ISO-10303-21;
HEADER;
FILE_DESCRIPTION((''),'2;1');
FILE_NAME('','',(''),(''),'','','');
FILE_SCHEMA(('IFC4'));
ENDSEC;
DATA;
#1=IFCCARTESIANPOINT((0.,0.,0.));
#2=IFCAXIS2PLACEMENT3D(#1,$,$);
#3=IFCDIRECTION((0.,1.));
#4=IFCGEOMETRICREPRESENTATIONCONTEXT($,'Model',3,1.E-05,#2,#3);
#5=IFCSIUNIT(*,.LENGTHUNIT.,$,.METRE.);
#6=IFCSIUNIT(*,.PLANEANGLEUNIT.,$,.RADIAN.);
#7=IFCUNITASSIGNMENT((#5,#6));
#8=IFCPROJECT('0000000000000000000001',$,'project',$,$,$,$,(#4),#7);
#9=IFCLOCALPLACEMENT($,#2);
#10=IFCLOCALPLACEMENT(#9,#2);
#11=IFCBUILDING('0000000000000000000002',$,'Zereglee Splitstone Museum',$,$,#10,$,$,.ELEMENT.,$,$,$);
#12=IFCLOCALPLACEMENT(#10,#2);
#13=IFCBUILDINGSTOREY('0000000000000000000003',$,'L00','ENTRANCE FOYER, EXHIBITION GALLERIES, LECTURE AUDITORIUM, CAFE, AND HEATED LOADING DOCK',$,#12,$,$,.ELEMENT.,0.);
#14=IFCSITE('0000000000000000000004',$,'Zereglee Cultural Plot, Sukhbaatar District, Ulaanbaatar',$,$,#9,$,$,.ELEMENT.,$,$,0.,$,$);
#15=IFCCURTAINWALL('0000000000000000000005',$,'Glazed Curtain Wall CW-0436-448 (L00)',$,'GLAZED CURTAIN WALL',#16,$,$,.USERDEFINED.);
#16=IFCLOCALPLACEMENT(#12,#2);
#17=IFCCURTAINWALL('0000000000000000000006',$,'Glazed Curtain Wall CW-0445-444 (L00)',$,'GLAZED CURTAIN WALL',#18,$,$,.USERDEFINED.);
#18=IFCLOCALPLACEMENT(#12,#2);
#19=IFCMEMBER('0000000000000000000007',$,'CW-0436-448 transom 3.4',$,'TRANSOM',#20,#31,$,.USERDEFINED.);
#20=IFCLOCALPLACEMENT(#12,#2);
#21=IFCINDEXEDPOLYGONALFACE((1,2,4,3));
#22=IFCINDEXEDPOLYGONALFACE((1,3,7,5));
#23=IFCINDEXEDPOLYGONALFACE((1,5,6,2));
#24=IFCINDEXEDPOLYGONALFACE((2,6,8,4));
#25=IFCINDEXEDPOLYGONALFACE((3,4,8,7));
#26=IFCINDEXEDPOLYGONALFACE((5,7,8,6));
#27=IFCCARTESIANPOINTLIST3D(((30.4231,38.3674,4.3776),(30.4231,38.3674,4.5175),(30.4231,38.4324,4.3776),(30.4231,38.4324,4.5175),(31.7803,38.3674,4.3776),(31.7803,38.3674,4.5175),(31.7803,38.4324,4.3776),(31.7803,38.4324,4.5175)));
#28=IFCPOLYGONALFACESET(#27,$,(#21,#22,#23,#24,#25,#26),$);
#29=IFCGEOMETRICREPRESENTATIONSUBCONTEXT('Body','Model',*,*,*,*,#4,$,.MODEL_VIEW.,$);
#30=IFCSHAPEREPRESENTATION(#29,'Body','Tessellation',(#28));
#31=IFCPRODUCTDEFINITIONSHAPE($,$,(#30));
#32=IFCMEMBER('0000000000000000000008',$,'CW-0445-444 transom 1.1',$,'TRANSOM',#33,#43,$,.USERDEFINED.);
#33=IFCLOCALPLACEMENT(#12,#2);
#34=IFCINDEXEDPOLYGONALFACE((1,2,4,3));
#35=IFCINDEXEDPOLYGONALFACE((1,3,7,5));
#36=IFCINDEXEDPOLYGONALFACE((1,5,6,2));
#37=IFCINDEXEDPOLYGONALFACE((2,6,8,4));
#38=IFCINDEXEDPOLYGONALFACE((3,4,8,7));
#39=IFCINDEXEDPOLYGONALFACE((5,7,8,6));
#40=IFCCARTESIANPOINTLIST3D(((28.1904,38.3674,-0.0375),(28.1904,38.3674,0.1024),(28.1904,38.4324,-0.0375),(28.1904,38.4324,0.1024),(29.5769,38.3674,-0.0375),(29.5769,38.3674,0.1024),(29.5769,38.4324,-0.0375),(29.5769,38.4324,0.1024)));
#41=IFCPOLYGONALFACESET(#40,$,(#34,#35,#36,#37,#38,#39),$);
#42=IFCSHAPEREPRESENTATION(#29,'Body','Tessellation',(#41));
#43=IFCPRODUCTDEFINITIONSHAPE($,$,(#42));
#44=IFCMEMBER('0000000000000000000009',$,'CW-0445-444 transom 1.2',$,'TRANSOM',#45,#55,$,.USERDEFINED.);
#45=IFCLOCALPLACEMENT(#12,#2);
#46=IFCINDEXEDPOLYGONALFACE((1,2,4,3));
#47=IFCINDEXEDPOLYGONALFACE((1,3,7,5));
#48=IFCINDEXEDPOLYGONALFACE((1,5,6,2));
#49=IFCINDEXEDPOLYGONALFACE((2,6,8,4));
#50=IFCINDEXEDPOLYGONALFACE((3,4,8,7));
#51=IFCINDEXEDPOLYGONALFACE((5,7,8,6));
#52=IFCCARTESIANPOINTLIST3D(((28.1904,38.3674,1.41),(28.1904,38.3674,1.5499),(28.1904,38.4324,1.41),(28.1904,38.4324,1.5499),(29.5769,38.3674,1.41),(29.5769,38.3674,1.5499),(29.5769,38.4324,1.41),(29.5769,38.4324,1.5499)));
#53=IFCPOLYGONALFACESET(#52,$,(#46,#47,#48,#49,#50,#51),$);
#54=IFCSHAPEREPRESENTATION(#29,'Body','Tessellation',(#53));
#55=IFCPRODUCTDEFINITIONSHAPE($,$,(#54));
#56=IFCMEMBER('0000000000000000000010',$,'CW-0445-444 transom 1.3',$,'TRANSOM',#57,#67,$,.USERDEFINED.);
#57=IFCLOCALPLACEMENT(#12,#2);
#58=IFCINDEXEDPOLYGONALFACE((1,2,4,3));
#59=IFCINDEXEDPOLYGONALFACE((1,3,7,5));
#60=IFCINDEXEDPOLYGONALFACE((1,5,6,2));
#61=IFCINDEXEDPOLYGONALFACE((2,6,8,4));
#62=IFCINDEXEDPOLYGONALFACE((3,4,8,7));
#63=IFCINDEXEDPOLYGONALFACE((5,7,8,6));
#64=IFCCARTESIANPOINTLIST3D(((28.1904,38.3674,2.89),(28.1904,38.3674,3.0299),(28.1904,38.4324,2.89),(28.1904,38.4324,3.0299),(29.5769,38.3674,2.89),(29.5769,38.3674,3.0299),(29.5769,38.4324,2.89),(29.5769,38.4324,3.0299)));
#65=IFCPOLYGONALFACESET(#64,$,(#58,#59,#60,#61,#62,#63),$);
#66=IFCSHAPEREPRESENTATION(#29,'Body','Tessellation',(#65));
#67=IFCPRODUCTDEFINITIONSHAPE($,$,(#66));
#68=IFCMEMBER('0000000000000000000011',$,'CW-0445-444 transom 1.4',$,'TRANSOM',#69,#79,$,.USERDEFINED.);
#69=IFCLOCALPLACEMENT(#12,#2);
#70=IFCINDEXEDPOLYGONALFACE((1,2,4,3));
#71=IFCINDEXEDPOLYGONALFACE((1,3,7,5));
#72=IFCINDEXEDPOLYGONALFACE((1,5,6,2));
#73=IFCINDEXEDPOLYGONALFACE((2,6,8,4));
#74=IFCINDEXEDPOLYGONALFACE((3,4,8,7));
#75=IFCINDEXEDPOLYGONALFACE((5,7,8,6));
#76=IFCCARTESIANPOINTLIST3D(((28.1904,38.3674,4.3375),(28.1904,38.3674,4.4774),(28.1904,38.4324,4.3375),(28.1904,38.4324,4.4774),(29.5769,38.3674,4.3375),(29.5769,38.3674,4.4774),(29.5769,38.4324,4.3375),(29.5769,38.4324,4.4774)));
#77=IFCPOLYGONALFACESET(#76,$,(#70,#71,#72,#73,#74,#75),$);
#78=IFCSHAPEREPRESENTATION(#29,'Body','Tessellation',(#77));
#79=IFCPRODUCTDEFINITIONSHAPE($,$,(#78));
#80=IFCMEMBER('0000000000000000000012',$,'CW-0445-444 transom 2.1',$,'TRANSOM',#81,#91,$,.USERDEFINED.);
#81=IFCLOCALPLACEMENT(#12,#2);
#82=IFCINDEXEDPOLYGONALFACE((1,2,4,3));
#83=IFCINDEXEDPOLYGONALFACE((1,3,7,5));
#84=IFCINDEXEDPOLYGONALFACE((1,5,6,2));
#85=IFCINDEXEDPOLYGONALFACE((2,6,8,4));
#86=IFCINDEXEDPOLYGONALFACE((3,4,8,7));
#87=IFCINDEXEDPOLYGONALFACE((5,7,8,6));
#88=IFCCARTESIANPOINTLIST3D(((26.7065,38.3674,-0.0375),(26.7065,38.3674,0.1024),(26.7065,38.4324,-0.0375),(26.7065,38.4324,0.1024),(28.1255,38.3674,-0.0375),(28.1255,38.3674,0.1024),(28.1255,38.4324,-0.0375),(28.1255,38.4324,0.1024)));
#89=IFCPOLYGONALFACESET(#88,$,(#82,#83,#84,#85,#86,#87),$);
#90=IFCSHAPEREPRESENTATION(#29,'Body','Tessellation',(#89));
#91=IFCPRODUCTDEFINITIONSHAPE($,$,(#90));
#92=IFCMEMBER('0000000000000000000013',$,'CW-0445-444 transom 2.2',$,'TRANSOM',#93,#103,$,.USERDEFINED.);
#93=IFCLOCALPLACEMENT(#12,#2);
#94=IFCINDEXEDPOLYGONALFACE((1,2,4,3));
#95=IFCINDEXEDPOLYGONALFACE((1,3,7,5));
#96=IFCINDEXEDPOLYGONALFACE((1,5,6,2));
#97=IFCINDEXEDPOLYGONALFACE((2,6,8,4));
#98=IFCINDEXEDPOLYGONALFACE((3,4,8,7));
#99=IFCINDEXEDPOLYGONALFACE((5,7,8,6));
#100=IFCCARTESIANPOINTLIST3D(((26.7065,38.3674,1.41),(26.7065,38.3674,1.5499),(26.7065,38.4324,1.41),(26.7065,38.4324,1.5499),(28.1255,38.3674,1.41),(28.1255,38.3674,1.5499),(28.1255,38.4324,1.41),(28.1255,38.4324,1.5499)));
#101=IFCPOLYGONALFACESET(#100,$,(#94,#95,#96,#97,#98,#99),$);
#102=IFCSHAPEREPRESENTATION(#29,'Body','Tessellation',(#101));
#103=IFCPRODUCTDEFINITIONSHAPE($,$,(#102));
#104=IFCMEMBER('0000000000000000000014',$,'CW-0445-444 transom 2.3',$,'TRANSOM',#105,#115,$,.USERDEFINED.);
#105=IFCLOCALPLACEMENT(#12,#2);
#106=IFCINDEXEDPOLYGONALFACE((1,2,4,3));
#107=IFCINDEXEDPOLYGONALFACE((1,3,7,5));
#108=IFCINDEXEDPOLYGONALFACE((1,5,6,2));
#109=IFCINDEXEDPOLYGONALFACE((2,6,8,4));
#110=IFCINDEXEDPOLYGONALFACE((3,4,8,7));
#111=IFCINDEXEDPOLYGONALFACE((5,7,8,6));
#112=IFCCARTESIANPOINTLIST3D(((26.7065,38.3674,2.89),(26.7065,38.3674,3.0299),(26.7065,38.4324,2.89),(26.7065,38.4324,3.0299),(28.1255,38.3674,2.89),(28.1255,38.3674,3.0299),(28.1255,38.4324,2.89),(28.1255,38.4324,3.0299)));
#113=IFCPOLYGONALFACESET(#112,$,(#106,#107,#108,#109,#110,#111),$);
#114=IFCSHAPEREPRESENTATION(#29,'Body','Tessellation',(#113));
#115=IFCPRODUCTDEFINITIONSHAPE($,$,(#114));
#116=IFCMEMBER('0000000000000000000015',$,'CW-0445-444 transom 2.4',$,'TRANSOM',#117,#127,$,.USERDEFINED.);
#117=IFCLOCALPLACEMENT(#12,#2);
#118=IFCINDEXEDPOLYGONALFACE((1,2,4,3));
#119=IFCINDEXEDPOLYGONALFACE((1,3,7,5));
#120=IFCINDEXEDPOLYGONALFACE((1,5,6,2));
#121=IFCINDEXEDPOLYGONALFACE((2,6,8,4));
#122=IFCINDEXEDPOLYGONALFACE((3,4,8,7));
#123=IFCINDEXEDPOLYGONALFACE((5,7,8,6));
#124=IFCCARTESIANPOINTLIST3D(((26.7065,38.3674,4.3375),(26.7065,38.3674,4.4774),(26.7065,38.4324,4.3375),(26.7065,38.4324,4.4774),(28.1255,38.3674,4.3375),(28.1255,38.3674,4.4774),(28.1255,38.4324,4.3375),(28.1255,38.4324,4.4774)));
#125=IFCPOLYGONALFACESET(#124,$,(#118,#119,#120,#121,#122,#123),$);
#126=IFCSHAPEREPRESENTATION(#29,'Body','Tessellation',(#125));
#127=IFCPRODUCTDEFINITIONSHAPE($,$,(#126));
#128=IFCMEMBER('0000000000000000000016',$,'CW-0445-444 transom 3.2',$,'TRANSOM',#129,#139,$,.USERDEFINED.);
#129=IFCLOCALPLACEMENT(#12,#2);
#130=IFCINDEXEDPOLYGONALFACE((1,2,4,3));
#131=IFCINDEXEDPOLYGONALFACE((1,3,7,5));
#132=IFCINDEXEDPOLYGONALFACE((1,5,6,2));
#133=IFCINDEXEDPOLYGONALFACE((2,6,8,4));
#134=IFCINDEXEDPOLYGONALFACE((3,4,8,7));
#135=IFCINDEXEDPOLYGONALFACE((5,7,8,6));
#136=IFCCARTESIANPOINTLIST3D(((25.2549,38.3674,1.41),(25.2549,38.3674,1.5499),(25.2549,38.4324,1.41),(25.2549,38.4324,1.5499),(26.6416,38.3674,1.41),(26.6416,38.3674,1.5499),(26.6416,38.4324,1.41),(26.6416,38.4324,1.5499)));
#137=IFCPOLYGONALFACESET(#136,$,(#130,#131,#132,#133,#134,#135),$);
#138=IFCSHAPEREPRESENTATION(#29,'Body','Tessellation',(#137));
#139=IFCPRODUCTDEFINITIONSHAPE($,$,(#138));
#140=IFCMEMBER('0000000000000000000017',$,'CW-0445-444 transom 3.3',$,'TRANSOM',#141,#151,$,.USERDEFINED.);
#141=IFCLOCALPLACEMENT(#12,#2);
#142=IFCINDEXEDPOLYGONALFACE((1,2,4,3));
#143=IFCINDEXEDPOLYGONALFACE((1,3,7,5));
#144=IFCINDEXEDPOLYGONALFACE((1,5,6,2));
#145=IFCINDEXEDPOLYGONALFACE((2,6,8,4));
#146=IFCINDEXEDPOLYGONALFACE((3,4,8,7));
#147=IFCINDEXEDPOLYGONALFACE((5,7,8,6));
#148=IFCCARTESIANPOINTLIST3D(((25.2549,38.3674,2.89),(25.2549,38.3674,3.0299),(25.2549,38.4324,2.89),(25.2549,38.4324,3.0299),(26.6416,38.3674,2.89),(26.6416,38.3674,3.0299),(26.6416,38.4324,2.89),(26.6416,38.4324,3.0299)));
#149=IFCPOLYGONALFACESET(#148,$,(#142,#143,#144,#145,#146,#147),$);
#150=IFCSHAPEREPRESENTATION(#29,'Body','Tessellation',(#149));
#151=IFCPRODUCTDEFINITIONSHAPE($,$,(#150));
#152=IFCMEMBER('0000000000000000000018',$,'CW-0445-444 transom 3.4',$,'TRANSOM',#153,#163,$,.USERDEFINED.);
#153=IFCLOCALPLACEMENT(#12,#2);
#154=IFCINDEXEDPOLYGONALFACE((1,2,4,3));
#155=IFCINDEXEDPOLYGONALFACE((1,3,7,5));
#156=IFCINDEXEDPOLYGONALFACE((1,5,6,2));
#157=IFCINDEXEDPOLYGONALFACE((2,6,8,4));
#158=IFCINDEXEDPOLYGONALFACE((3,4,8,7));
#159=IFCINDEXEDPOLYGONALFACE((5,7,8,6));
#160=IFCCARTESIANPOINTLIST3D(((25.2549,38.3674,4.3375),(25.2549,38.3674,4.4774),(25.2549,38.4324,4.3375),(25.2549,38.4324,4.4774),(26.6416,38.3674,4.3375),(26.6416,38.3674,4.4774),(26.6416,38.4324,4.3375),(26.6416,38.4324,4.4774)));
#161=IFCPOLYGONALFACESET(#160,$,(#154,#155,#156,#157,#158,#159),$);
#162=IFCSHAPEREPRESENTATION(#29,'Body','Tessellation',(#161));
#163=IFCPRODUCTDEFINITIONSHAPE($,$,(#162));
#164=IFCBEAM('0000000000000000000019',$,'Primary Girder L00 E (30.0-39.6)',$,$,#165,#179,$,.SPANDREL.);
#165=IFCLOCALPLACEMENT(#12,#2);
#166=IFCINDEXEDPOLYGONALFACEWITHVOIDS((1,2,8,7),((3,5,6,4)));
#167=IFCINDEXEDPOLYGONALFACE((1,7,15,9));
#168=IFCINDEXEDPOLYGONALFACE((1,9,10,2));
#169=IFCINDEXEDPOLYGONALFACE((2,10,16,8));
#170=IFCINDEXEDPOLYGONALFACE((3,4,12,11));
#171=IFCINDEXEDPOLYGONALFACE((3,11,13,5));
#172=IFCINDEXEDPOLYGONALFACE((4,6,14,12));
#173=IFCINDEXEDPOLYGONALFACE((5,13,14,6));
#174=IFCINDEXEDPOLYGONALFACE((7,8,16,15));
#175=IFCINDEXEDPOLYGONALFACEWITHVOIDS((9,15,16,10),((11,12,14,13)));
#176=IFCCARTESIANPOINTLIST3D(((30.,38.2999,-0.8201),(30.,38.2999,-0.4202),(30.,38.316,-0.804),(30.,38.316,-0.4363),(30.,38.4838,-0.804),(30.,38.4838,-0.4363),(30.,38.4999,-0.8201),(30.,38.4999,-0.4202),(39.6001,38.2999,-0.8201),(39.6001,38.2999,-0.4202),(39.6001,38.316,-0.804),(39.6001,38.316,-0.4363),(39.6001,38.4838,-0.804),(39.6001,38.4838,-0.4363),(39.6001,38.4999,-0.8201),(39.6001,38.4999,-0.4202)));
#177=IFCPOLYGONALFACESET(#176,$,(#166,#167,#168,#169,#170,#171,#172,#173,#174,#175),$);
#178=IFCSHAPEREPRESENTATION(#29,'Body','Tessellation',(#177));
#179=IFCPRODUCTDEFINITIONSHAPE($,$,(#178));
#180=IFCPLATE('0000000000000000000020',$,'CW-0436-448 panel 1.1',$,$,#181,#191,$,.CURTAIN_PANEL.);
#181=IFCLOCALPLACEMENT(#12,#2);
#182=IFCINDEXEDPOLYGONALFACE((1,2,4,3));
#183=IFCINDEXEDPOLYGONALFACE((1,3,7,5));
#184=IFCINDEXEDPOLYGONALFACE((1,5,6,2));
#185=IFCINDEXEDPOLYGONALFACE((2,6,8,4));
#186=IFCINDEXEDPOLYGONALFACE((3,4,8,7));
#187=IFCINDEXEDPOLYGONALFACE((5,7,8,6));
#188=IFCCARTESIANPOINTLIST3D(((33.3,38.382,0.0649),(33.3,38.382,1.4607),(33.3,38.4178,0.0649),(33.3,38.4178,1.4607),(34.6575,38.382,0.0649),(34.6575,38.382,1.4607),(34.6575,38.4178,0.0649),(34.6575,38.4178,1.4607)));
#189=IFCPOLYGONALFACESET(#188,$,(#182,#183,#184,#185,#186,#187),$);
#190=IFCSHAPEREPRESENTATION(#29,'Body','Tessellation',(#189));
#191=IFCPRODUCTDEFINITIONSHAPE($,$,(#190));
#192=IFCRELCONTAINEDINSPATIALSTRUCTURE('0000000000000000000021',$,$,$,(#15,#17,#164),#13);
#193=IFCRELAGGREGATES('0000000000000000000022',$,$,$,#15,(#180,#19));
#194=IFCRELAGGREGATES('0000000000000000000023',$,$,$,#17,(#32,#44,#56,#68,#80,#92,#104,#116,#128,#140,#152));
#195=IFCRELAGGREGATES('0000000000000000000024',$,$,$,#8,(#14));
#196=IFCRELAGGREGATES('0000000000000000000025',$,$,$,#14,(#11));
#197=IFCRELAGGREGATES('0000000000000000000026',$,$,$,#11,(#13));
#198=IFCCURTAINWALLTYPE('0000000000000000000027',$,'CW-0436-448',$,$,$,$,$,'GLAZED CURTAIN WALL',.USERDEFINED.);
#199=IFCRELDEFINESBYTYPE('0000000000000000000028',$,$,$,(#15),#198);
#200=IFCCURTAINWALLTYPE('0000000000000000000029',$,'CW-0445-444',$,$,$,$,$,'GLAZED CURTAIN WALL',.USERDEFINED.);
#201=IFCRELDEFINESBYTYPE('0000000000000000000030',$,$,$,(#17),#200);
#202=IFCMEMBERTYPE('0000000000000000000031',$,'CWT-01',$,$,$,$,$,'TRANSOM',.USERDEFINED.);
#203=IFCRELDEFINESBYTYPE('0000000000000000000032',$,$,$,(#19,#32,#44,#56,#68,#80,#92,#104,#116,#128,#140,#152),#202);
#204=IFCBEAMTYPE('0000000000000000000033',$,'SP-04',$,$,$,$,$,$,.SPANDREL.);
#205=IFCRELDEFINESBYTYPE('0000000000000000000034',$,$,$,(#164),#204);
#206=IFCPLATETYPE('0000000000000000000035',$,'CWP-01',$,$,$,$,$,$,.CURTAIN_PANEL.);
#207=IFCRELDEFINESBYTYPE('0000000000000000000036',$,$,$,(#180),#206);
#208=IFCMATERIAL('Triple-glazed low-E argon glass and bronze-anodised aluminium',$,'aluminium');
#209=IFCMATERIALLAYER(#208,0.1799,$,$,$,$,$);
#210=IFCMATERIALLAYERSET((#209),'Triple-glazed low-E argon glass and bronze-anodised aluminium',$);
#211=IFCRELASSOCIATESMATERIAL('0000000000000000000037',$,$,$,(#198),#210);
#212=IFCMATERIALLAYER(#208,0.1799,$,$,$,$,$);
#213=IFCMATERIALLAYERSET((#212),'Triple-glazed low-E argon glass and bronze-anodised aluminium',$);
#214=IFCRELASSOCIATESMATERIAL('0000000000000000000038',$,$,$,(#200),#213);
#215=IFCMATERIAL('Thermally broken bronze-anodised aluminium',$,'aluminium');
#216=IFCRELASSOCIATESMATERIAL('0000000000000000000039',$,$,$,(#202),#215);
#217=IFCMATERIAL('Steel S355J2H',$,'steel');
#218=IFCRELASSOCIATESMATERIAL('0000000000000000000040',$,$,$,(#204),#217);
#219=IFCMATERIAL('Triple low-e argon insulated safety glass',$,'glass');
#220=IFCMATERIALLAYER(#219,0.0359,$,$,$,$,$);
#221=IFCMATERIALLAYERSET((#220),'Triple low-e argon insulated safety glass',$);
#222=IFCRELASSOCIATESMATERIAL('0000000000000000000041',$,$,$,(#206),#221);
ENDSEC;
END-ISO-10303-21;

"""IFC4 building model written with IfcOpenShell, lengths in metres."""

from ifc_helpers import new_model, si_unit, direction, frame, origin, origin_2d, place, context, subcontext, project, spatial, rectangle, hollow_rectangle, extrude, material, layer, layer_set, material_profile, profile_set, type_object, element, aggregate, save


model = new_model("IFC4")

# Units and contexts
model_context = context("Model", 3, precision=1e-05, world=origin(), true_north=direction((0.0, 1.0)))
body_context = subcontext(model_context, "Body", "Model", "MODEL_VIEW")
ifc_project = project(units=[si_unit("LENGTHUNIT", "METRE"), si_unit("PLANEANGLEUNIT", "RADIAN")], contexts=[model_context])

# Site, building, storey
site_placement = place(None, origin())
site = spatial("IfcSite", under=ifc_project, at=site_placement, Name="Zereglee Cultural Plot, Sukhbaatar District, Ulaanbaatar", CompositionType="ELEMENT", RefElevation=0.0)
building_placement = place(site_placement, origin())
building = spatial("IfcBuilding", under=site, at=building_placement, Name="Zereglee Splitstone Museum", CompositionType="ELEMENT")
storey_placement = place(building_placement, origin())
storey = spatial("IfcBuildingStorey", under=building, at=storey_placement, Name="L00", Description="ENTRANCE FOYER, EXHIBITION GALLERIES, LECTURE AUDITORIUM, CAFE, AND HEATED LOADING DOCK", CompositionType="ELEMENT", Elevation=0.0)

# Curtain walls
ifc_material_1 = material(Name="Triple-glazed low-E argon glass and bronze-anodised aluminium", Category="aluminium")
ifc_layer_1 = layer(ifc_material_1, 0.1799)
ifc_layer_set_1 = layer_set([ifc_layer_1], Name="Triple-glazed low-E argon glass and bronze-anodised aluminium")
curtain_wall_type_1 = type_object("IfcCurtainWallType", Name="CW-0436-448", ElementType="GLAZED CURTAIN WALL", PredefinedType="USERDEFINED", material=ifc_layer_set_1)
curtain_wall_1_placement = place(storey_placement, origin())
curtain_wall_1 = element("IfcCurtainWall", 1, at=curtain_wall_1_placement, inside=storey, type_object=curtain_wall_type_1, Name="Glazed Curtain Wall CW-0436-448 (L00)", ObjectType="GLAZED CURTAIN WALL", PredefinedType="USERDEFINED")
ifc_material_2 = material(Name="Thermally broken bronze-anodised aluminium", Category="aluminium")
ifc_layer_2 = layer(ifc_material_1, 0.1799)
ifc_layer_set_2 = layer_set([ifc_layer_2], Name="Triple-glazed low-E argon glass and bronze-anodised aluminium")
curtain_wall_type_2 = type_object("IfcCurtainWallType", Name="CW-0445-444", ElementType="GLAZED CURTAIN WALL", PredefinedType="USERDEFINED", material=ifc_layer_set_2)
curtain_wall_2_placement = place(storey_placement, origin())
curtain_wall_2 = element("IfcCurtainWall", 2, at=curtain_wall_2_placement, inside=storey, type_object=curtain_wall_type_2, Name="Glazed Curtain Wall CW-0445-444 (L00)", ObjectType="GLAZED CURTAIN WALL", PredefinedType="USERDEFINED")

# Members
ifc_material_profile_1 = material_profile(ifc_material_2, rectangle(XDim=0.0649, YDim=0.1399, at=origin_2d()), Name="CW TRAN 65x140")
ifc_profile_set_1 = profile_set([ifc_material_profile_1], Name="Thermally broken bronze-anodised aluminium")
member_type_1 = type_object("IfcMemberType", Name="CWT-01", ElementType="TRANSOM", PredefinedType="USERDEFINED", material=ifc_profile_set_1)
member_1_placement = place(storey_placement, frame((31.7803, 38.3999, 4.4475), z_axis=(-1.0, 0.0, 0.0), x_axis=(0.0, -1.0, 0.0)))
member_1 = element("IfcMember", 3, at=member_1_placement, type_object=member_type_1, Name="CW-0436-448 transom 3.4", ObjectType="TRANSOM", PredefinedType="USERDEFINED", context=body_context, shape_type="SweptSolid", body=[
    extrude(rectangle(XDim=0.0649, YDim=0.1399, at=origin_2d()), origin(), (0.0, 0.0, 1.0), 1.3572),
])
member_2_placement = place(storey_placement, frame((29.5769, 38.3999, 0.0325), z_axis=(-1.0, 0.0, 0.0), x_axis=(0.0, -1.0, 0.0)))
member_2 = element("IfcMember", 4, at=member_2_placement, type_object=member_type_1, Name="CW-0445-444 transom 1.1", ObjectType="TRANSOM", PredefinedType="USERDEFINED", context=body_context, shape_type="SweptSolid", body=[
    extrude(rectangle(XDim=0.0649, YDim=0.1399, at=origin_2d()), origin(), (0.0, 0.0, 1.0), 1.3865),
])
member_3_placement = place(storey_placement, frame((29.5769, 38.3999, 1.48), z_axis=(-1.0, 0.0, 0.0), x_axis=(0.0, -1.0, 0.0)))
member_3 = element("IfcMember", 5, at=member_3_placement, type_object=member_type_1, Name="CW-0445-444 transom 1.2", ObjectType="TRANSOM", PredefinedType="USERDEFINED", context=body_context, shape_type="SweptSolid", body=[
    extrude(rectangle(XDim=0.0649, YDim=0.1399, at=origin_2d()), origin(), (0.0, 0.0, 1.0), 1.3865),
])
member_4_placement = place(storey_placement, frame((29.5769, 38.3999, 2.96), z_axis=(-1.0, 0.0, 0.0), x_axis=(0.0, -1.0, 0.0)))
member_4 = element("IfcMember", 6, at=member_4_placement, type_object=member_type_1, Name="CW-0445-444 transom 1.3", ObjectType="TRANSOM", PredefinedType="USERDEFINED", context=body_context, shape_type="SweptSolid", body=[
    extrude(rectangle(XDim=0.0649, YDim=0.1399, at=origin_2d()), origin(), (0.0, 0.0, 1.0), 1.3865),
])
member_5_placement = place(storey_placement, frame((29.5769, 38.3999, 4.4075), z_axis=(-1.0, 0.0, 0.0), x_axis=(0.0, -1.0, 0.0)))
member_5 = element("IfcMember", 7, at=member_5_placement, type_object=member_type_1, Name="CW-0445-444 transom 1.4", ObjectType="TRANSOM", PredefinedType="USERDEFINED", context=body_context, shape_type="SweptSolid", body=[
    extrude(rectangle(XDim=0.0649, YDim=0.1399, at=origin_2d()), origin(), (0.0, 0.0, 1.0), 1.3865),
])
member_6_placement = place(storey_placement, frame((28.1255, 38.3999, 0.0325), z_axis=(-1.0, 0.0, 0.0), x_axis=(0.0, -1.0, 0.0)))
member_6 = element("IfcMember", 8, at=member_6_placement, type_object=member_type_1, Name="CW-0445-444 transom 2.1", ObjectType="TRANSOM", PredefinedType="USERDEFINED", context=body_context, shape_type="SweptSolid", body=[
    extrude(rectangle(XDim=0.0649, YDim=0.1399, at=origin_2d()), origin(), (0.0, 0.0, 1.0), 1.4189),
])
member_7_placement = place(storey_placement, frame((28.1255, 38.3999, 1.48), z_axis=(-1.0, 0.0, 0.0), x_axis=(0.0, -1.0, 0.0)))
member_7 = element("IfcMember", 9, at=member_7_placement, type_object=member_type_1, Name="CW-0445-444 transom 2.2", ObjectType="TRANSOM", PredefinedType="USERDEFINED", context=body_context, shape_type="SweptSolid", body=[
    extrude(rectangle(XDim=0.0649, YDim=0.1399, at=origin_2d()), origin(), (0.0, 0.0, 1.0), 1.4189),
])
member_8_placement = place(storey_placement, frame((28.1255, 38.3999, 2.96), z_axis=(-1.0, 0.0, 0.0), x_axis=(0.0, -1.0, 0.0)))
member_8 = element("IfcMember", 10, at=member_8_placement, type_object=member_type_1, Name="CW-0445-444 transom 2.3", ObjectType="TRANSOM", PredefinedType="USERDEFINED", context=body_context, shape_type="SweptSolid", body=[
    extrude(rectangle(XDim=0.0649, YDim=0.1399, at=origin_2d()), origin(), (0.0, 0.0, 1.0), 1.4189),
])
member_9_placement = place(storey_placement, frame((28.1255, 38.3999, 4.4075), z_axis=(-1.0, 0.0, 0.0), x_axis=(0.0, -1.0, 0.0)))
member_9 = element("IfcMember", 11, at=member_9_placement, type_object=member_type_1, Name="CW-0445-444 transom 2.4", ObjectType="TRANSOM", PredefinedType="USERDEFINED", context=body_context, shape_type="SweptSolid", body=[
    extrude(rectangle(XDim=0.0649, YDim=0.1399, at=origin_2d()), origin(), (0.0, 0.0, 1.0), 1.4189),
])
member_10_placement = place(storey_placement, frame((26.6416, 38.3999, 1.48), z_axis=(-1.0, 0.0, 0.0), x_axis=(0.0, -1.0, 0.0)))
member_10 = element("IfcMember", 12, at=member_10_placement, type_object=member_type_1, Name="CW-0445-444 transom 3.2", ObjectType="TRANSOM", PredefinedType="USERDEFINED", context=body_context, shape_type="SweptSolid", body=[
    extrude(rectangle(XDim=0.0649, YDim=0.1399, at=origin_2d()), origin(), (0.0, 0.0, 1.0), 1.3867),
])
member_11_placement = place(storey_placement, frame((26.6416, 38.3999, 2.96), z_axis=(-1.0, 0.0, 0.0), x_axis=(0.0, -1.0, 0.0)))
member_11 = element("IfcMember", 13, at=member_11_placement, type_object=member_type_1, Name="CW-0445-444 transom 3.3", ObjectType="TRANSOM", PredefinedType="USERDEFINED", context=body_context, shape_type="SweptSolid", body=[
    extrude(rectangle(XDim=0.0649, YDim=0.1399, at=origin_2d()), origin(), (0.0, 0.0, 1.0), 1.3867),
])
member_12_placement = place(storey_placement, frame((26.6416, 38.3999, 4.4075), z_axis=(-1.0, 0.0, 0.0), x_axis=(0.0, -1.0, 0.0)))
member_12 = element("IfcMember", 14, at=member_12_placement, type_object=member_type_1, Name="CW-0445-444 transom 3.4", ObjectType="TRANSOM", PredefinedType="USERDEFINED", context=body_context, shape_type="SweptSolid", body=[
    extrude(rectangle(XDim=0.0649, YDim=0.1399, at=origin_2d()), origin(), (0.0, 0.0, 1.0), 1.3867),
])

# Beam
ifc_material_3 = material(Name="Steel S355J2H", Category="steel")
ifc_material_profile_2 = material_profile(ifc_material_3, hollow_rectangle(XDim=0.2, YDim=0.3999, WallThickness=0.0161, at=origin_2d()), Name="RHS 400x200x16")
ifc_profile_set_2 = profile_set([ifc_material_profile_2], Name="Steel S355J2H")
beam_type = type_object("IfcBeamType", Name="SP-04", PredefinedType="SPANDREL", material=ifc_profile_set_2)
beam_placement = place(storey_placement, frame((30.0, 38.3999, -0.6201), z_axis=(1.0, 0.0, 0.0), x_axis=(0.0, 1.0, 0.0)))
element("IfcBeam", 15, at=beam_placement, inside=storey, type_object=beam_type, Name="Primary Girder L00 E (30.0-39.6)", PredefinedType="SPANDREL", context=body_context, shape_type="SweptSolid", body=[
    extrude(hollow_rectangle(XDim=0.2, YDim=0.3999, WallThickness=0.0161, at=origin_2d()), origin(), (0.0, 0.0, 1.0), 9.6001),
])

# Plate
ifc_material_4 = material(Name="Triple low-e argon insulated safety glass", Category="glass")
ifc_layer_3 = layer(ifc_material_4, 0.0359)
ifc_layer_set_3 = layer_set([ifc_layer_3], Name="Triple low-e argon insulated safety glass")
plate_type = type_object("IfcPlateType", Name="CWP-01", PredefinedType="CURTAIN_PANEL", material=ifc_layer_set_3)
plate_1_placement = place(storey_placement, frame((33.9788, 38.3999, 0.0649), z_axis=(0.0, 0.0, 1.0), x_axis=(-1.0, 0.0, 0.0)))
plate_1 = element("IfcPlate", 16, at=plate_1_placement, type_object=plate_type, Name="CW-0436-448 panel 1.1", PredefinedType="CURTAIN_PANEL", context=body_context, shape_type="SweptSolid", body=[
    extrude(rectangle(XDim=1.3574, YDim=0.0359, at=origin_2d()), origin(), (0.0, 0.0, 1.0), 1.3958),
])
aggregate(curtain_wall_1, [plate_1, member_1])
aggregate(curtain_wall_2, [member_2, member_3, member_4, member_5, member_6, member_7, member_8, member_9, member_10, member_11, member_12])

save(model, "model.ifc")
